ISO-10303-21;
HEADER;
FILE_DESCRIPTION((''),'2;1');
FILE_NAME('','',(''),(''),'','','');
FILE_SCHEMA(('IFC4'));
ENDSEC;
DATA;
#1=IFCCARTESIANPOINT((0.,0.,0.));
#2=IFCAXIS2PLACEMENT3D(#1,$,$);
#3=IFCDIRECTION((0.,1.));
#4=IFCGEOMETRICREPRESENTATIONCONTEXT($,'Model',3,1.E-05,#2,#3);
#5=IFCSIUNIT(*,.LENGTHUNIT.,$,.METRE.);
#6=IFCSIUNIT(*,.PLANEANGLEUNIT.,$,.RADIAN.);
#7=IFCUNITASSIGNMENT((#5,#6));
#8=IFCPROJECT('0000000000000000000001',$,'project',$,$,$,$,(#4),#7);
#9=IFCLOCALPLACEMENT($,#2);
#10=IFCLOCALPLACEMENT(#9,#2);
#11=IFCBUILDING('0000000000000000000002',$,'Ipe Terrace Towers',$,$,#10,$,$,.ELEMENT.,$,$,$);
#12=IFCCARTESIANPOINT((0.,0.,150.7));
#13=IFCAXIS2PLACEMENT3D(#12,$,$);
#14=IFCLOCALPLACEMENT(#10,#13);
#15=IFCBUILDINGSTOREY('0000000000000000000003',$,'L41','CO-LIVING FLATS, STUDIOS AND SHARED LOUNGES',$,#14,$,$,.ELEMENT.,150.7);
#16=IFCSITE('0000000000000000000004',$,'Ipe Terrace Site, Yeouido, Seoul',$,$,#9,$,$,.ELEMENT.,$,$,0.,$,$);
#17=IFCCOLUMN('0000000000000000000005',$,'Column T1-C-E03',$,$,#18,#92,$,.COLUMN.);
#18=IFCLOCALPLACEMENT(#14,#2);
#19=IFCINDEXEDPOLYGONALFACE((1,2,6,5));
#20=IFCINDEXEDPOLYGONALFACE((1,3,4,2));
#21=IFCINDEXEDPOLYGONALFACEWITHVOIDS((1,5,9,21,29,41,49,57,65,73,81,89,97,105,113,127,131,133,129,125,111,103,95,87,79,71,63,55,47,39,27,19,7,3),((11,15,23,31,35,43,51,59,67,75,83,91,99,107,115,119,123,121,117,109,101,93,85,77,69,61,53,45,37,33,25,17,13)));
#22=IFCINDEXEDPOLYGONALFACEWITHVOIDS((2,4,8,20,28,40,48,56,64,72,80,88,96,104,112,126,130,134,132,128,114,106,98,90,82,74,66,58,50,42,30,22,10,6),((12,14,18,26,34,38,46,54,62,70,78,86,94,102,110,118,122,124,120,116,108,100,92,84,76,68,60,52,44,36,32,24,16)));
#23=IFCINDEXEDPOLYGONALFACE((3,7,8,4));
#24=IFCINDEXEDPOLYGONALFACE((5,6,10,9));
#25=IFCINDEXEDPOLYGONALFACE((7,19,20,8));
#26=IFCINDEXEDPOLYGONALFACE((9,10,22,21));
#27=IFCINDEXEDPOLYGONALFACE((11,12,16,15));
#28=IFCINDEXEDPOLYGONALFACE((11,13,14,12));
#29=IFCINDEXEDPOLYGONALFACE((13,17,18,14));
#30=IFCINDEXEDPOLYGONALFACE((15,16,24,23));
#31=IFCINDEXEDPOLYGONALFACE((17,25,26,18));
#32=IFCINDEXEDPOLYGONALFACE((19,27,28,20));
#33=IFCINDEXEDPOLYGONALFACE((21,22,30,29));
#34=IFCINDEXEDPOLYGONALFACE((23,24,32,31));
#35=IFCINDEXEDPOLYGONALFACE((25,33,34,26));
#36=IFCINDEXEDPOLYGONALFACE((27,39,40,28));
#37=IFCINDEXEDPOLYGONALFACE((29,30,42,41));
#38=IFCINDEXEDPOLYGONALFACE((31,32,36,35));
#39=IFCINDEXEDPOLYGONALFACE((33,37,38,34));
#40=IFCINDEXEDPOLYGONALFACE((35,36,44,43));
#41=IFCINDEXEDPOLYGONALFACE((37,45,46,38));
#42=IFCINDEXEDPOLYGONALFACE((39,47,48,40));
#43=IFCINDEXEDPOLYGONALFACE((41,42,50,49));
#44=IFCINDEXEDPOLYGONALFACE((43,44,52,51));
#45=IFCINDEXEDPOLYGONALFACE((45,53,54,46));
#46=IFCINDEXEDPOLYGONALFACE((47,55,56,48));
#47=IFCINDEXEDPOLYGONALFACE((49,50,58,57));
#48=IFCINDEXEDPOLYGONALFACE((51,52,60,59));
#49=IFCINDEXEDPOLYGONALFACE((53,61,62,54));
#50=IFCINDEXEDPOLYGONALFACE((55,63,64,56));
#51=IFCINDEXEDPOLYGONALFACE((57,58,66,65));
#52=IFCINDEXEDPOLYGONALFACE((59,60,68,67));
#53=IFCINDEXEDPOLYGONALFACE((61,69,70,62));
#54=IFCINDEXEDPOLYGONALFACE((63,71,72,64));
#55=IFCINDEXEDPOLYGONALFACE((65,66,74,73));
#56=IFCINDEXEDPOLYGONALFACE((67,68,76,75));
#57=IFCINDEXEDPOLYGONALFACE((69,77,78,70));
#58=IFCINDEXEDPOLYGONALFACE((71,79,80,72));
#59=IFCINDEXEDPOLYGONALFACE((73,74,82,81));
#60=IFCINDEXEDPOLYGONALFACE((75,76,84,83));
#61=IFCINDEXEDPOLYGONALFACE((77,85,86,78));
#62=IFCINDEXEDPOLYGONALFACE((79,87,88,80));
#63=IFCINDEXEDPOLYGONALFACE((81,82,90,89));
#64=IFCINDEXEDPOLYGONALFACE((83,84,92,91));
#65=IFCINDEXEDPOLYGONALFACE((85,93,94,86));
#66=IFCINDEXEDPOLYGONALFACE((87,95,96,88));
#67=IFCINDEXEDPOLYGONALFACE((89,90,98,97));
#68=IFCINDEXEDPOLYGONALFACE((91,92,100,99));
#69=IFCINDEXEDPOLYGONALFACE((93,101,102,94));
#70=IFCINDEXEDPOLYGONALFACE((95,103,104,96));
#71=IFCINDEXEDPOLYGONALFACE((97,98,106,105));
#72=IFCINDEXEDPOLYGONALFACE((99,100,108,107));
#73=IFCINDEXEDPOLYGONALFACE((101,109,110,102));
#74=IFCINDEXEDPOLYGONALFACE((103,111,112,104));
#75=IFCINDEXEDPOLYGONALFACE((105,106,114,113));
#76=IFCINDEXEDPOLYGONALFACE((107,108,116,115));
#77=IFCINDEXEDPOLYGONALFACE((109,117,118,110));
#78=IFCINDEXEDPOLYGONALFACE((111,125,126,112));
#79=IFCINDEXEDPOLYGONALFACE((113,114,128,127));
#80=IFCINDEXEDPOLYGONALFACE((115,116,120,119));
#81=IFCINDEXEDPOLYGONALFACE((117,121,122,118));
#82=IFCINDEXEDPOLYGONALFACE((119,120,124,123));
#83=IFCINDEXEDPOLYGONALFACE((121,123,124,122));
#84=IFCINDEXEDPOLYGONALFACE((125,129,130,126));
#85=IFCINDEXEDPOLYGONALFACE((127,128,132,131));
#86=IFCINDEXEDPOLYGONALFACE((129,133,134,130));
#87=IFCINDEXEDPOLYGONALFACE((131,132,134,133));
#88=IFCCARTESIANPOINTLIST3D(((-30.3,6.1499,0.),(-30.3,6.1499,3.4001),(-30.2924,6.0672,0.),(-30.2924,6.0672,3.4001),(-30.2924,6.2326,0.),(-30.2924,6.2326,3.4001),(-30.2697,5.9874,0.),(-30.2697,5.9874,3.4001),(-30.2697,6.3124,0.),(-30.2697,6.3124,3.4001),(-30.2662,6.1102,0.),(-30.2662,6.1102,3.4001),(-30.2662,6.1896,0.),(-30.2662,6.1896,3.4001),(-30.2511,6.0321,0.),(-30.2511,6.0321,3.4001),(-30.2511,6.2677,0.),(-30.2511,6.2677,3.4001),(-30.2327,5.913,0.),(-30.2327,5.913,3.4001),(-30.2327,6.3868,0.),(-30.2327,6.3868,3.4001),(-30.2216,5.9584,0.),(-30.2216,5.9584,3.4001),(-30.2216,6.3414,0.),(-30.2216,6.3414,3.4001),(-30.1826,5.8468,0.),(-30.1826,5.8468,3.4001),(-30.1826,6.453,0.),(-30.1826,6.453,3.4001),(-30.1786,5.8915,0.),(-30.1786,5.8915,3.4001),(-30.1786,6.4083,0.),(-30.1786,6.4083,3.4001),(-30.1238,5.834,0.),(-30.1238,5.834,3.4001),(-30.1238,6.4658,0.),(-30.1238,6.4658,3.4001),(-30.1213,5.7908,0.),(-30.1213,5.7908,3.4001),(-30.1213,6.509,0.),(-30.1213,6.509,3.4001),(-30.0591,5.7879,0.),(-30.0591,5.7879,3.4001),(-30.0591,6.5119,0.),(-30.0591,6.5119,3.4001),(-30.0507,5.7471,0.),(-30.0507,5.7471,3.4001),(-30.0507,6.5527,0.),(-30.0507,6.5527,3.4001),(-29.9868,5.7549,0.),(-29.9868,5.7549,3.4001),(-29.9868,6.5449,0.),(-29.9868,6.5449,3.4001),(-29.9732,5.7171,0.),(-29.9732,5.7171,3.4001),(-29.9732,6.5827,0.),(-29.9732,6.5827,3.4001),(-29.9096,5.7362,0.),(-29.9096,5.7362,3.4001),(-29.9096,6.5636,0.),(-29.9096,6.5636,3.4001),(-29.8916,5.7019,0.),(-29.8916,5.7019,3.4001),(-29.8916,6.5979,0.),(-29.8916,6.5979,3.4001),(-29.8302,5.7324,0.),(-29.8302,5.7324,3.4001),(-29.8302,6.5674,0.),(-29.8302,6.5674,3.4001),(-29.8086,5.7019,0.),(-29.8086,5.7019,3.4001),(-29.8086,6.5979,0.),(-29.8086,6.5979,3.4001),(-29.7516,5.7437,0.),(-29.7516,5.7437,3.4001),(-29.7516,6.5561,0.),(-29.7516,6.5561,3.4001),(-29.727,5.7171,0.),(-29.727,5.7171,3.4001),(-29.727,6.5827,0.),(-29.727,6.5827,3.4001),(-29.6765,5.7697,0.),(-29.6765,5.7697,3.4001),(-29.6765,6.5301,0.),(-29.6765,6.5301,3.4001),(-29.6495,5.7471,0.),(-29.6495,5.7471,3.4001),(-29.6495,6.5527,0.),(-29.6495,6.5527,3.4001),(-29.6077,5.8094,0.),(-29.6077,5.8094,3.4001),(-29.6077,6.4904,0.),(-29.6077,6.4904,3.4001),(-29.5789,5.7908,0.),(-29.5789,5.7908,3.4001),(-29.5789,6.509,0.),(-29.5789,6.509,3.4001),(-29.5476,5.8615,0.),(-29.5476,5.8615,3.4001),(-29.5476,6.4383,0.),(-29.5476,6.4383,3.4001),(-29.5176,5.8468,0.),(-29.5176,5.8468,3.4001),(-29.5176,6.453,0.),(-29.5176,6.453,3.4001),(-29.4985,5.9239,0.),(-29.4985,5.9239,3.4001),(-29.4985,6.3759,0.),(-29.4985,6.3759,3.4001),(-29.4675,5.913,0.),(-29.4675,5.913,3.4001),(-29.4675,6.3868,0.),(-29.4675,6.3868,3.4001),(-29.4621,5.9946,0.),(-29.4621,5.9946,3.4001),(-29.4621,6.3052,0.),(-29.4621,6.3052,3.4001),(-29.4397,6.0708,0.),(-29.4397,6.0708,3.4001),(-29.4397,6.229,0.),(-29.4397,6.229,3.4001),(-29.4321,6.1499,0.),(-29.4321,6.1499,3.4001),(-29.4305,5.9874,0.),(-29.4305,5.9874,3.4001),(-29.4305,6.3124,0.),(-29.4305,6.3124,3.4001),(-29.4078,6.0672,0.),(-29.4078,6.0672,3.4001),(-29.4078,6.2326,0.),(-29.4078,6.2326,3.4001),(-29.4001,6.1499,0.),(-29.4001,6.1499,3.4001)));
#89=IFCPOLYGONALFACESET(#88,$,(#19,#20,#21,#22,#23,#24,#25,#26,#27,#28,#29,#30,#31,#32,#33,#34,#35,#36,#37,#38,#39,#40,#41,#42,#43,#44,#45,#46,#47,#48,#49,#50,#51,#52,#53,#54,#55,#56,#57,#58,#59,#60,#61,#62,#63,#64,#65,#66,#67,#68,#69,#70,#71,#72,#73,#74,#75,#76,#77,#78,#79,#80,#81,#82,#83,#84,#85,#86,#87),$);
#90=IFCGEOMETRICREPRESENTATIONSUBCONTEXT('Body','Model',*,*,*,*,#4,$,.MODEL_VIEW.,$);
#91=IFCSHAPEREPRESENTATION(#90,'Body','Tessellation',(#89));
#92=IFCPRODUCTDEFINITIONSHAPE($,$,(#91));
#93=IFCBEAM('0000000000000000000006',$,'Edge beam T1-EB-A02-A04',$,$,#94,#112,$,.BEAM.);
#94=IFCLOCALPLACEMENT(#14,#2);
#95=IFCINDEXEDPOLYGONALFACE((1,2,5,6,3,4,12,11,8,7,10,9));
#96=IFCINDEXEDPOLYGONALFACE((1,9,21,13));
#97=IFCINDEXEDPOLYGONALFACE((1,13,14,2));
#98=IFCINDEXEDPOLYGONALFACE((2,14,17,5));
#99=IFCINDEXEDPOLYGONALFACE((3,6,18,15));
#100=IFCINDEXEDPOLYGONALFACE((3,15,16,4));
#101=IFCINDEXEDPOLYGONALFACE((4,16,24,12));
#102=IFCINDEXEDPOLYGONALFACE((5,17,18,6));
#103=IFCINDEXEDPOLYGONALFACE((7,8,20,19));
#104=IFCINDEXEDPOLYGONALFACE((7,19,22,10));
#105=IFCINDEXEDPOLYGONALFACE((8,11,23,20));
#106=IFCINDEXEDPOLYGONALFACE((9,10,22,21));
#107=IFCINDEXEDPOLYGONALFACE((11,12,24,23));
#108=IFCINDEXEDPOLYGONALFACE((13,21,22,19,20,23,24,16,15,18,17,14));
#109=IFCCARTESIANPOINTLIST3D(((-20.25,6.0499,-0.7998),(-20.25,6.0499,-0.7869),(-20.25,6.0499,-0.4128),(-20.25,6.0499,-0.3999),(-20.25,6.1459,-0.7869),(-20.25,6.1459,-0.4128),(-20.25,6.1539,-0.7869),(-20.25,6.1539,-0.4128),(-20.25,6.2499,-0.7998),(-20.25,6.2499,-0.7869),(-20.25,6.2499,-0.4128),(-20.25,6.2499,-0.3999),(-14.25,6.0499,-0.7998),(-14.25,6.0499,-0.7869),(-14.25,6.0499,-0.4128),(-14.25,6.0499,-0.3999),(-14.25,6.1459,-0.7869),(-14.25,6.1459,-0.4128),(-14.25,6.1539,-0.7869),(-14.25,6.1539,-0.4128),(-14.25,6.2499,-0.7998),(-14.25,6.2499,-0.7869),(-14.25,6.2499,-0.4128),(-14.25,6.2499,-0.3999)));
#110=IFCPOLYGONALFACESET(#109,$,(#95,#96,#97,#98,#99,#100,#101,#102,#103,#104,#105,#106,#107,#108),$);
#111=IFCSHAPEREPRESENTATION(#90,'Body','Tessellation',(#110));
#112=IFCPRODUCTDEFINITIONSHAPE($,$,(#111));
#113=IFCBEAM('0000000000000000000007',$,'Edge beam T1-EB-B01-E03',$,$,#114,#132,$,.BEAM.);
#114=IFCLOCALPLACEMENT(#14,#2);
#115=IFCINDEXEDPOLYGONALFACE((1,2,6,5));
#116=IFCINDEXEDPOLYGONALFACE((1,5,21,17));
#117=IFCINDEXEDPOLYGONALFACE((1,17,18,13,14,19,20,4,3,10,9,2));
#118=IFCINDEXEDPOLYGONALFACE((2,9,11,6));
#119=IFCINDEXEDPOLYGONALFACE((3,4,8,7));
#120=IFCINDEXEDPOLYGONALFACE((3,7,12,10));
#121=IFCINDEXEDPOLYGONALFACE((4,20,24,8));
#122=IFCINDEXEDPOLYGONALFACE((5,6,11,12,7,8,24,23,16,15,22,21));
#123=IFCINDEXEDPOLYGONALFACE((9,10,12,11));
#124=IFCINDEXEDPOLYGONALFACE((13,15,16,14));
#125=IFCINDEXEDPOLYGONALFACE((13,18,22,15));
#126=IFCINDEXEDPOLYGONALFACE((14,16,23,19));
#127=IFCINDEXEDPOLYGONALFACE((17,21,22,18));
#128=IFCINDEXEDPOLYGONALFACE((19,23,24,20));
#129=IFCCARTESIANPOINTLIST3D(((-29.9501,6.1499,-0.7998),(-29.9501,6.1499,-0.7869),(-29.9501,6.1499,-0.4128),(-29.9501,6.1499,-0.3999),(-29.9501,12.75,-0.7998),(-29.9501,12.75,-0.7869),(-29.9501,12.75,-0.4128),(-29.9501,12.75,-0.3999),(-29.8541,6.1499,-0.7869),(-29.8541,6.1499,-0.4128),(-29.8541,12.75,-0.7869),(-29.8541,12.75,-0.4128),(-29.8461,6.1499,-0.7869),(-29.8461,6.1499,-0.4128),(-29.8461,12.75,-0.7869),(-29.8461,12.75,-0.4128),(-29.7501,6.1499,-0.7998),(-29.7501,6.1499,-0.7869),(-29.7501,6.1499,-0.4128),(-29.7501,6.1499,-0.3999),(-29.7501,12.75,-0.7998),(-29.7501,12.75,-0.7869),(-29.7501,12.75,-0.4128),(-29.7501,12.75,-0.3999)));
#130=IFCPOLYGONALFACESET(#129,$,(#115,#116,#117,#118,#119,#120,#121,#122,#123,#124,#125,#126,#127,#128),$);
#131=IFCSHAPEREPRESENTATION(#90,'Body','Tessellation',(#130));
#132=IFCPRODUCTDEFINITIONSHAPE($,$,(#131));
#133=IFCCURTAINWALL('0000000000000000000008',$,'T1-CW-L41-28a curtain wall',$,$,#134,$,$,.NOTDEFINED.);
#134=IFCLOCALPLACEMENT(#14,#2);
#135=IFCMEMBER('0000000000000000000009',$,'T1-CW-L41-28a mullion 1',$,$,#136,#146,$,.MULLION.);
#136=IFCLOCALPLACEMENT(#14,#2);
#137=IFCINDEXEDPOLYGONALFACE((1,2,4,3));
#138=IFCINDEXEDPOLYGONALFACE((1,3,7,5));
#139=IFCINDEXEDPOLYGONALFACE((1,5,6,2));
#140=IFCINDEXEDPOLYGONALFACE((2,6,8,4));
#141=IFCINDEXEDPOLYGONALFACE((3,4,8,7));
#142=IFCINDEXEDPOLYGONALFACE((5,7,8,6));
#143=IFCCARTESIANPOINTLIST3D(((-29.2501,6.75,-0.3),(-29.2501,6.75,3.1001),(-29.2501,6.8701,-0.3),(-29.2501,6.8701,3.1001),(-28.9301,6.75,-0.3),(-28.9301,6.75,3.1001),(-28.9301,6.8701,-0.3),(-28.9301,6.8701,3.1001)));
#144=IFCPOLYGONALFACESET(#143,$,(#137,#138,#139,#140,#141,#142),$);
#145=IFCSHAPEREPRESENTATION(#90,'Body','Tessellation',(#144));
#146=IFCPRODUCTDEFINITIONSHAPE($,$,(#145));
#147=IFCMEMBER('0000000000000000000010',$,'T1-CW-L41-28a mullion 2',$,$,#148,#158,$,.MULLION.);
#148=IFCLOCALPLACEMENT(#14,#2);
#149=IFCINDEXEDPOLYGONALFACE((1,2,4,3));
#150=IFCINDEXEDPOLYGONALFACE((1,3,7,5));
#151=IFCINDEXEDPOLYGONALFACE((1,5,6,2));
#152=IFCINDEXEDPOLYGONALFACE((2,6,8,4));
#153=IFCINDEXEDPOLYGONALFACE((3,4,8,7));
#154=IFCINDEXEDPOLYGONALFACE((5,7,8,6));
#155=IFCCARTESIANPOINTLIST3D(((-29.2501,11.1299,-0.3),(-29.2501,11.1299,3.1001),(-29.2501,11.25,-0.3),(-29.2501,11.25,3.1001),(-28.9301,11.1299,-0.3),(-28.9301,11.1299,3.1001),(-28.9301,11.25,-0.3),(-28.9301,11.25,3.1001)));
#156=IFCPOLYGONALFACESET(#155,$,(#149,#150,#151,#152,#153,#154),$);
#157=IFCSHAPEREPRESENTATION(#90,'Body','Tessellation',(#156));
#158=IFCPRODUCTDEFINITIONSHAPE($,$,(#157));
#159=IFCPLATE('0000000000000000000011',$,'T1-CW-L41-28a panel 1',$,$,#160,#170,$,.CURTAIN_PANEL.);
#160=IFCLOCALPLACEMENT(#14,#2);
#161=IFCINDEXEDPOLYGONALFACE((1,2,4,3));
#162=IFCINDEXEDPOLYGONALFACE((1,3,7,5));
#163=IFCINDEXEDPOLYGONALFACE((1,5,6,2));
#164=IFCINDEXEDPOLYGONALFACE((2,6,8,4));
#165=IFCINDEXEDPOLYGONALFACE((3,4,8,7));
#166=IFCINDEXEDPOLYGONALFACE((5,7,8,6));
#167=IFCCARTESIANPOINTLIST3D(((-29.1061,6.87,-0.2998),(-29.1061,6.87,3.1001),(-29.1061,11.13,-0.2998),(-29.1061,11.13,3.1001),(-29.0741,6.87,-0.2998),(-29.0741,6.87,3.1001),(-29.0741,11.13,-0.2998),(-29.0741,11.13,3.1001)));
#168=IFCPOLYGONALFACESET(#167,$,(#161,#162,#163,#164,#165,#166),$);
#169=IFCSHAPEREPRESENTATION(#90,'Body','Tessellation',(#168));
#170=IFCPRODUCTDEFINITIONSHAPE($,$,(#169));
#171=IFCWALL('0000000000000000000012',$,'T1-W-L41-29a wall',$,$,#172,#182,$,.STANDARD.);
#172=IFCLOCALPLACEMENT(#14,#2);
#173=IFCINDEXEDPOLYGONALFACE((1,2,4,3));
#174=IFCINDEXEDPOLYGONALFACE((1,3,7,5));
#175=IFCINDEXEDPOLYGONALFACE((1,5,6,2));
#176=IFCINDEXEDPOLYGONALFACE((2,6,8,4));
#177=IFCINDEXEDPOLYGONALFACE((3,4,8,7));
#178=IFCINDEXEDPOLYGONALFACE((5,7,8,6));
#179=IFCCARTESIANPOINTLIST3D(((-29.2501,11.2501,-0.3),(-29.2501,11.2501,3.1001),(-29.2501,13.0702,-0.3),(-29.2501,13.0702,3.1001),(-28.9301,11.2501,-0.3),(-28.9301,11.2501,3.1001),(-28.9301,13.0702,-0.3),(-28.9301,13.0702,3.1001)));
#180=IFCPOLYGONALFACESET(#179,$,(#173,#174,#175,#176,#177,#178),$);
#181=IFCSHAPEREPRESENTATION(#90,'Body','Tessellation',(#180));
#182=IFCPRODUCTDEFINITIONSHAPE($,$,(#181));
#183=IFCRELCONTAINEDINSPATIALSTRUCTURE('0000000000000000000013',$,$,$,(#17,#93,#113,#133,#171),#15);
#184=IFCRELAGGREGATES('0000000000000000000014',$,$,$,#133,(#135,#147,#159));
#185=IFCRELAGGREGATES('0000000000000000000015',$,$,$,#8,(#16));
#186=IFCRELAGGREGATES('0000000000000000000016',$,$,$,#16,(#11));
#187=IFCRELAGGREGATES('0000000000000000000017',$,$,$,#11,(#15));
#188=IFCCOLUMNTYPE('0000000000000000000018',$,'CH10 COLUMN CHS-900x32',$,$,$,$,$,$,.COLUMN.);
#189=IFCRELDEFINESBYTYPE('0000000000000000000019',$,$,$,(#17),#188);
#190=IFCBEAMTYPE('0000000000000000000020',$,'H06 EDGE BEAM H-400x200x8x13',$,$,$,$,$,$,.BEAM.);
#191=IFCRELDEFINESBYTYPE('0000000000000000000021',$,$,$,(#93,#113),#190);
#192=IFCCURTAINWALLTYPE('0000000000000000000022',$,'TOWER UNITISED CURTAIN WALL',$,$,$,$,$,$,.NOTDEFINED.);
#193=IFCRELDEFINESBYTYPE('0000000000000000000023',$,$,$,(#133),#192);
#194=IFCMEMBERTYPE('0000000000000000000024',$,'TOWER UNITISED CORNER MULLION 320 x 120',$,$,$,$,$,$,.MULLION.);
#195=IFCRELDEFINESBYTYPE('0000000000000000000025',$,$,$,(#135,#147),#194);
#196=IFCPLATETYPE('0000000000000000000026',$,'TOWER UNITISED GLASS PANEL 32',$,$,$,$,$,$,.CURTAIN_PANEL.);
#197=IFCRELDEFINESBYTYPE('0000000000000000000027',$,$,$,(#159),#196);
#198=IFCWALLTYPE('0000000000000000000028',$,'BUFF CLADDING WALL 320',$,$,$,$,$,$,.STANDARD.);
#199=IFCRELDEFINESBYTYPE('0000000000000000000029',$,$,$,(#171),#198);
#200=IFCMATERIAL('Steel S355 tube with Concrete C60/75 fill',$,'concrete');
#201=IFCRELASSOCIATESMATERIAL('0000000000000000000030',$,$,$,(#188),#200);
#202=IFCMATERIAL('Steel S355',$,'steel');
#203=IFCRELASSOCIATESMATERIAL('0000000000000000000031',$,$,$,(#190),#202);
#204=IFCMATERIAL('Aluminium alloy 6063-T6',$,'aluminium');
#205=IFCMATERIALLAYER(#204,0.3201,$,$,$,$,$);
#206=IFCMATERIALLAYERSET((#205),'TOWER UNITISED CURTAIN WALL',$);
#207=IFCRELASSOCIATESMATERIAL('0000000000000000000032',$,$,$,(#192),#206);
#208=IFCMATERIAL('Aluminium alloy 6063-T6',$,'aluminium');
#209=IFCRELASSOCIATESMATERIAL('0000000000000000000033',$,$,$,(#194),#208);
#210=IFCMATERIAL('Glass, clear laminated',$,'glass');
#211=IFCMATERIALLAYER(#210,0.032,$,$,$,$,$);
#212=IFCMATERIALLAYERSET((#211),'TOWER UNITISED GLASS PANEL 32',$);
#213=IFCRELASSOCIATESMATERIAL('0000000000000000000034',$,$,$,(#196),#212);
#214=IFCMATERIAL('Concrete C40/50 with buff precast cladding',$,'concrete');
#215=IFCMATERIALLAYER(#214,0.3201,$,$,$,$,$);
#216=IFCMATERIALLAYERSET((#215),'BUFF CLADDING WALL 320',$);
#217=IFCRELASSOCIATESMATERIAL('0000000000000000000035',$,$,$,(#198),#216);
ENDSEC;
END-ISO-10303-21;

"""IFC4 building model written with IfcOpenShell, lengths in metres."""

from ifc_helpers import new_model, si_unit, direction, frame, frame_2d, origin, origin_2d, place, context, subcontext, project, spatial, rectangle, hollow_circle, i_section, extrude, material, layer, layer_set, material_profile, profile_set, type_object, element, aggregate, save


model = new_model("IFC4")

# Units and contexts
model_context = context("Model", 3, precision=1e-05, world=origin(), true_north=direction((0.0, 1.0)))
body_context = subcontext(model_context, "Body", "Model", "MODEL_VIEW")
ifc_project = project(units=[si_unit("LENGTHUNIT", "METRE"), si_unit("PLANEANGLEUNIT", "RADIAN")], contexts=[model_context])

# Site, building, storey
site_placement = place(None, origin())
site = spatial("IfcSite", under=ifc_project, at=site_placement, Name="Ipe Terrace Site, Yeouido, Seoul", CompositionType="ELEMENT", RefElevation=0.0)
building_placement = place(site_placement, origin())
building = spatial("IfcBuilding", under=site, at=building_placement, Name="Ipe Terrace Towers", CompositionType="ELEMENT")
storey_placement = place(building_placement, frame((0.0, 0.0, 150.7)))
storey = spatial("IfcBuildingStorey", under=building, at=storey_placement, Name="L41", Description="CO-LIVING FLATS, STUDIOS AND SHARED LOUNGES", CompositionType="ELEMENT", Elevation=150.7)

# Column
ifc_material_1 = material(Name="Steel S355 tube with Concrete C60/75 fill", Category="concrete")
ifc_material_profile_1 = material_profile(ifc_material_1, hollow_circle(Radius=0.45, WallThickness=0.032, at=origin_2d()), Name="CHS-900x32")
ifc_profile_set_1 = profile_set([ifc_material_profile_1], Name="Steel S355 tube with Concrete C60/75 fill")
column_type_1 = type_object("IfcColumnType", Name="CH10 COLUMN CHS-900x32", PredefinedType="COLUMN", material=ifc_profile_set_1)
column_placement = place(storey_placement, frame((-29.8501, 6.1499, 0.0), z_axis=(0.0, 0.0, 1.0), x_axis=(1.0, 0.0, 0.0)))
element("IfcColumn", 1, at=column_placement, inside=storey, type_object=column_type_1, Name="Column T1-C-E03", PredefinedType="COLUMN", context=body_context, shape_type="SweptSolid", body=[
    extrude(hollow_circle(Radius=0.45, WallThickness=0.032, at=origin_2d()), origin(), (0.0, 0.0, 1.0), 3.4001),
])

# Beams
ifc_material_2 = material(Name="Steel S355", Category="steel")
ifc_material_profile_2 = material_profile(ifc_material_2, i_section(OverallWidth=0.2, OverallDepth=0.3999, WebThickness=0.0081, FlangeThickness=0.0129, at=origin_2d()), Name="H-400x200x8x13")
ifc_profile_set_2 = profile_set([ifc_material_profile_2], Name="Steel S355")
beam_type = type_object("IfcBeamType", Name="H06 EDGE BEAM H-400x200x8x13", PredefinedType="BEAM", material=ifc_profile_set_2)
beam_1_placement = place(storey_placement, frame((-20.25, 6.1499, -0.5999), z_axis=(1.0, 0.0, 0.0), x_axis=(0.0, 1.0, 0.0)))
element("IfcBeam", 2, at=beam_1_placement, inside=storey, type_object=beam_type, Name="Edge beam T1-EB-A02-A04", PredefinedType="BEAM", context=body_context, shape_type="SweptSolid", body=[
    extrude(i_section(OverallWidth=0.2, OverallDepth=0.3999, WebThickness=0.0081, FlangeThickness=0.0129, at=origin_2d()), origin(), (0.0, 0.0, 1.0), 6.0),
])
beam_2_placement = place(storey_placement, frame((-29.8501, 12.75, -0.5999), z_axis=(0.0, -1.0, 0.0), x_axis=(1.0, 0.0, 0.0)))
element("IfcBeam", 3, at=beam_2_placement, inside=storey, type_object=beam_type, Name="Edge beam T1-EB-B01-E03", PredefinedType="BEAM", context=body_context, shape_type="SweptSolid", body=[
    extrude(i_section(OverallWidth=0.2, OverallDepth=0.3999, WebThickness=0.0081, FlangeThickness=0.0129, at=origin_2d()), origin(), (0.0, 0.0, 1.0), 6.6001),
])

# Curtain wall, members, plate
ifc_material_3 = material(Name="Aluminium alloy 6063-T6", Category="aluminium")
ifc_layer_1 = layer(ifc_material_3, 0.3201)
ifc_layer_set_1 = layer_set([ifc_layer_1], Name="TOWER UNITISED CURTAIN WALL")
curtain_wall_type = type_object("IfcCurtainWallType", Name="TOWER UNITISED CURTAIN WALL", PredefinedType="NOTDEFINED", material=ifc_layer_set_1)
curtain_wall_placement = place(storey_placement, origin())
curtain_wall = element("IfcCurtainWall", 4, at=curtain_wall_placement, inside=storey, type_object=curtain_wall_type, Name="T1-CW-L41-28a curtain wall", PredefinedType="NOTDEFINED")
ifc_material_4 = material(Name="Aluminium alloy 6063-T6", Category="aluminium")
ifc_material_profile_3 = material_profile(ifc_material_4, rectangle(XDim=0.3201, YDim=0.1201, at=origin_2d()), Name="TOWER UNITISED CORNER MULLION 320 x 120")
ifc_profile_set_3 = profile_set([ifc_material_profile_3], Name="Aluminium alloy 6063-T6")
member_type = type_object("IfcMemberType", Name="TOWER UNITISED CORNER MULLION 320 x 120", PredefinedType="MULLION", material=ifc_profile_set_3)
member_1_placement = place(storey_placement, frame((-29.0901, 6.8101, -0.3), z_axis=(0.0, 0.0, 1.0), x_axis=(1.0, 0.0, 0.0)))
member_1 = element("IfcMember", 5, at=member_1_placement, type_object=member_type, Name="T1-CW-L41-28a mullion 1", PredefinedType="MULLION", context=body_context, shape_type="SweptSolid", body=[
    extrude(rectangle(XDim=0.3201, YDim=0.1201, at=origin_2d()), origin(), (0.0, 0.0, 1.0), 3.4001),
])
member_2_placement = place(storey_placement, frame((-29.0901, 11.1899, -0.3), z_axis=(0.0, 0.0, 1.0), x_axis=(1.0, 0.0, 0.0)))
member_2 = element("IfcMember", 6, at=member_2_placement, type_object=member_type, Name="T1-CW-L41-28a mullion 2", PredefinedType="MULLION", context=body_context, shape_type="SweptSolid", body=[
    extrude(rectangle(XDim=0.3201, YDim=0.1201, at=origin_2d()), origin(), (0.0, 0.0, 1.0), 3.4001),
])
ifc_material_5 = material(Name="Glass, clear laminated", Category="glass")
ifc_layer_2 = layer(ifc_material_5, 0.032)
ifc_layer_set_2 = layer_set([ifc_layer_2], Name="TOWER UNITISED GLASS PANEL 32")
plate_type = type_object("IfcPlateType", Name="TOWER UNITISED GLASS PANEL 32", PredefinedType="CURTAIN_PANEL", material=ifc_layer_set_2)
plate_placement = place(storey_placement, frame((-29.0901, 9.0, -0.2998), z_axis=(0.0, 0.0, 1.0), x_axis=(0.0, 1.0, 0.0)))
plate = element("IfcPlate", 7, at=plate_placement, type_object=plate_type, Name="T1-CW-L41-28a panel 1", PredefinedType="CURTAIN_PANEL", context=body_context, shape_type="SweptSolid", body=[
    extrude(rectangle(XDim=4.26, YDim=0.032, at=origin_2d()), origin(), (0.0, 0.0, 1.0), 3.3999),
])
aggregate(curtain_wall, [member_1, member_2, plate])

# Wall
ifc_material_6 = material(Name="Concrete C40/50 with buff precast cladding", Category="concrete")
ifc_layer_3 = layer(ifc_material_6, 0.3201)
ifc_layer_set_3 = layer_set([ifc_layer_3], Name="BUFF CLADDING WALL 320")
wall_type_1 = type_object("IfcWallType", Name="BUFF CLADDING WALL 320", PredefinedType="STANDARD", material=ifc_layer_set_3)
wall_1_placement = place(storey_placement, frame((-29.0901, 11.25, -0.3), z_axis=(0.0, 0.0, 1.0), x_axis=(0.0, 1.0, 0.0)))
element("IfcWall", 8, at=wall_1_placement, inside=storey, type_object=wall_type_1, Name="T1-W-L41-29a wall", PredefinedType="STANDARD", context=body_context, shape_type="SweptSolid", body=[
    extrude(rectangle(XDim=1.8201, YDim=0.3201, at=frame_2d((0.9102, 0.0))), origin(), (0.0, 0.0, 1.0), 3.4001),
])

save(model, "model.ifc")
